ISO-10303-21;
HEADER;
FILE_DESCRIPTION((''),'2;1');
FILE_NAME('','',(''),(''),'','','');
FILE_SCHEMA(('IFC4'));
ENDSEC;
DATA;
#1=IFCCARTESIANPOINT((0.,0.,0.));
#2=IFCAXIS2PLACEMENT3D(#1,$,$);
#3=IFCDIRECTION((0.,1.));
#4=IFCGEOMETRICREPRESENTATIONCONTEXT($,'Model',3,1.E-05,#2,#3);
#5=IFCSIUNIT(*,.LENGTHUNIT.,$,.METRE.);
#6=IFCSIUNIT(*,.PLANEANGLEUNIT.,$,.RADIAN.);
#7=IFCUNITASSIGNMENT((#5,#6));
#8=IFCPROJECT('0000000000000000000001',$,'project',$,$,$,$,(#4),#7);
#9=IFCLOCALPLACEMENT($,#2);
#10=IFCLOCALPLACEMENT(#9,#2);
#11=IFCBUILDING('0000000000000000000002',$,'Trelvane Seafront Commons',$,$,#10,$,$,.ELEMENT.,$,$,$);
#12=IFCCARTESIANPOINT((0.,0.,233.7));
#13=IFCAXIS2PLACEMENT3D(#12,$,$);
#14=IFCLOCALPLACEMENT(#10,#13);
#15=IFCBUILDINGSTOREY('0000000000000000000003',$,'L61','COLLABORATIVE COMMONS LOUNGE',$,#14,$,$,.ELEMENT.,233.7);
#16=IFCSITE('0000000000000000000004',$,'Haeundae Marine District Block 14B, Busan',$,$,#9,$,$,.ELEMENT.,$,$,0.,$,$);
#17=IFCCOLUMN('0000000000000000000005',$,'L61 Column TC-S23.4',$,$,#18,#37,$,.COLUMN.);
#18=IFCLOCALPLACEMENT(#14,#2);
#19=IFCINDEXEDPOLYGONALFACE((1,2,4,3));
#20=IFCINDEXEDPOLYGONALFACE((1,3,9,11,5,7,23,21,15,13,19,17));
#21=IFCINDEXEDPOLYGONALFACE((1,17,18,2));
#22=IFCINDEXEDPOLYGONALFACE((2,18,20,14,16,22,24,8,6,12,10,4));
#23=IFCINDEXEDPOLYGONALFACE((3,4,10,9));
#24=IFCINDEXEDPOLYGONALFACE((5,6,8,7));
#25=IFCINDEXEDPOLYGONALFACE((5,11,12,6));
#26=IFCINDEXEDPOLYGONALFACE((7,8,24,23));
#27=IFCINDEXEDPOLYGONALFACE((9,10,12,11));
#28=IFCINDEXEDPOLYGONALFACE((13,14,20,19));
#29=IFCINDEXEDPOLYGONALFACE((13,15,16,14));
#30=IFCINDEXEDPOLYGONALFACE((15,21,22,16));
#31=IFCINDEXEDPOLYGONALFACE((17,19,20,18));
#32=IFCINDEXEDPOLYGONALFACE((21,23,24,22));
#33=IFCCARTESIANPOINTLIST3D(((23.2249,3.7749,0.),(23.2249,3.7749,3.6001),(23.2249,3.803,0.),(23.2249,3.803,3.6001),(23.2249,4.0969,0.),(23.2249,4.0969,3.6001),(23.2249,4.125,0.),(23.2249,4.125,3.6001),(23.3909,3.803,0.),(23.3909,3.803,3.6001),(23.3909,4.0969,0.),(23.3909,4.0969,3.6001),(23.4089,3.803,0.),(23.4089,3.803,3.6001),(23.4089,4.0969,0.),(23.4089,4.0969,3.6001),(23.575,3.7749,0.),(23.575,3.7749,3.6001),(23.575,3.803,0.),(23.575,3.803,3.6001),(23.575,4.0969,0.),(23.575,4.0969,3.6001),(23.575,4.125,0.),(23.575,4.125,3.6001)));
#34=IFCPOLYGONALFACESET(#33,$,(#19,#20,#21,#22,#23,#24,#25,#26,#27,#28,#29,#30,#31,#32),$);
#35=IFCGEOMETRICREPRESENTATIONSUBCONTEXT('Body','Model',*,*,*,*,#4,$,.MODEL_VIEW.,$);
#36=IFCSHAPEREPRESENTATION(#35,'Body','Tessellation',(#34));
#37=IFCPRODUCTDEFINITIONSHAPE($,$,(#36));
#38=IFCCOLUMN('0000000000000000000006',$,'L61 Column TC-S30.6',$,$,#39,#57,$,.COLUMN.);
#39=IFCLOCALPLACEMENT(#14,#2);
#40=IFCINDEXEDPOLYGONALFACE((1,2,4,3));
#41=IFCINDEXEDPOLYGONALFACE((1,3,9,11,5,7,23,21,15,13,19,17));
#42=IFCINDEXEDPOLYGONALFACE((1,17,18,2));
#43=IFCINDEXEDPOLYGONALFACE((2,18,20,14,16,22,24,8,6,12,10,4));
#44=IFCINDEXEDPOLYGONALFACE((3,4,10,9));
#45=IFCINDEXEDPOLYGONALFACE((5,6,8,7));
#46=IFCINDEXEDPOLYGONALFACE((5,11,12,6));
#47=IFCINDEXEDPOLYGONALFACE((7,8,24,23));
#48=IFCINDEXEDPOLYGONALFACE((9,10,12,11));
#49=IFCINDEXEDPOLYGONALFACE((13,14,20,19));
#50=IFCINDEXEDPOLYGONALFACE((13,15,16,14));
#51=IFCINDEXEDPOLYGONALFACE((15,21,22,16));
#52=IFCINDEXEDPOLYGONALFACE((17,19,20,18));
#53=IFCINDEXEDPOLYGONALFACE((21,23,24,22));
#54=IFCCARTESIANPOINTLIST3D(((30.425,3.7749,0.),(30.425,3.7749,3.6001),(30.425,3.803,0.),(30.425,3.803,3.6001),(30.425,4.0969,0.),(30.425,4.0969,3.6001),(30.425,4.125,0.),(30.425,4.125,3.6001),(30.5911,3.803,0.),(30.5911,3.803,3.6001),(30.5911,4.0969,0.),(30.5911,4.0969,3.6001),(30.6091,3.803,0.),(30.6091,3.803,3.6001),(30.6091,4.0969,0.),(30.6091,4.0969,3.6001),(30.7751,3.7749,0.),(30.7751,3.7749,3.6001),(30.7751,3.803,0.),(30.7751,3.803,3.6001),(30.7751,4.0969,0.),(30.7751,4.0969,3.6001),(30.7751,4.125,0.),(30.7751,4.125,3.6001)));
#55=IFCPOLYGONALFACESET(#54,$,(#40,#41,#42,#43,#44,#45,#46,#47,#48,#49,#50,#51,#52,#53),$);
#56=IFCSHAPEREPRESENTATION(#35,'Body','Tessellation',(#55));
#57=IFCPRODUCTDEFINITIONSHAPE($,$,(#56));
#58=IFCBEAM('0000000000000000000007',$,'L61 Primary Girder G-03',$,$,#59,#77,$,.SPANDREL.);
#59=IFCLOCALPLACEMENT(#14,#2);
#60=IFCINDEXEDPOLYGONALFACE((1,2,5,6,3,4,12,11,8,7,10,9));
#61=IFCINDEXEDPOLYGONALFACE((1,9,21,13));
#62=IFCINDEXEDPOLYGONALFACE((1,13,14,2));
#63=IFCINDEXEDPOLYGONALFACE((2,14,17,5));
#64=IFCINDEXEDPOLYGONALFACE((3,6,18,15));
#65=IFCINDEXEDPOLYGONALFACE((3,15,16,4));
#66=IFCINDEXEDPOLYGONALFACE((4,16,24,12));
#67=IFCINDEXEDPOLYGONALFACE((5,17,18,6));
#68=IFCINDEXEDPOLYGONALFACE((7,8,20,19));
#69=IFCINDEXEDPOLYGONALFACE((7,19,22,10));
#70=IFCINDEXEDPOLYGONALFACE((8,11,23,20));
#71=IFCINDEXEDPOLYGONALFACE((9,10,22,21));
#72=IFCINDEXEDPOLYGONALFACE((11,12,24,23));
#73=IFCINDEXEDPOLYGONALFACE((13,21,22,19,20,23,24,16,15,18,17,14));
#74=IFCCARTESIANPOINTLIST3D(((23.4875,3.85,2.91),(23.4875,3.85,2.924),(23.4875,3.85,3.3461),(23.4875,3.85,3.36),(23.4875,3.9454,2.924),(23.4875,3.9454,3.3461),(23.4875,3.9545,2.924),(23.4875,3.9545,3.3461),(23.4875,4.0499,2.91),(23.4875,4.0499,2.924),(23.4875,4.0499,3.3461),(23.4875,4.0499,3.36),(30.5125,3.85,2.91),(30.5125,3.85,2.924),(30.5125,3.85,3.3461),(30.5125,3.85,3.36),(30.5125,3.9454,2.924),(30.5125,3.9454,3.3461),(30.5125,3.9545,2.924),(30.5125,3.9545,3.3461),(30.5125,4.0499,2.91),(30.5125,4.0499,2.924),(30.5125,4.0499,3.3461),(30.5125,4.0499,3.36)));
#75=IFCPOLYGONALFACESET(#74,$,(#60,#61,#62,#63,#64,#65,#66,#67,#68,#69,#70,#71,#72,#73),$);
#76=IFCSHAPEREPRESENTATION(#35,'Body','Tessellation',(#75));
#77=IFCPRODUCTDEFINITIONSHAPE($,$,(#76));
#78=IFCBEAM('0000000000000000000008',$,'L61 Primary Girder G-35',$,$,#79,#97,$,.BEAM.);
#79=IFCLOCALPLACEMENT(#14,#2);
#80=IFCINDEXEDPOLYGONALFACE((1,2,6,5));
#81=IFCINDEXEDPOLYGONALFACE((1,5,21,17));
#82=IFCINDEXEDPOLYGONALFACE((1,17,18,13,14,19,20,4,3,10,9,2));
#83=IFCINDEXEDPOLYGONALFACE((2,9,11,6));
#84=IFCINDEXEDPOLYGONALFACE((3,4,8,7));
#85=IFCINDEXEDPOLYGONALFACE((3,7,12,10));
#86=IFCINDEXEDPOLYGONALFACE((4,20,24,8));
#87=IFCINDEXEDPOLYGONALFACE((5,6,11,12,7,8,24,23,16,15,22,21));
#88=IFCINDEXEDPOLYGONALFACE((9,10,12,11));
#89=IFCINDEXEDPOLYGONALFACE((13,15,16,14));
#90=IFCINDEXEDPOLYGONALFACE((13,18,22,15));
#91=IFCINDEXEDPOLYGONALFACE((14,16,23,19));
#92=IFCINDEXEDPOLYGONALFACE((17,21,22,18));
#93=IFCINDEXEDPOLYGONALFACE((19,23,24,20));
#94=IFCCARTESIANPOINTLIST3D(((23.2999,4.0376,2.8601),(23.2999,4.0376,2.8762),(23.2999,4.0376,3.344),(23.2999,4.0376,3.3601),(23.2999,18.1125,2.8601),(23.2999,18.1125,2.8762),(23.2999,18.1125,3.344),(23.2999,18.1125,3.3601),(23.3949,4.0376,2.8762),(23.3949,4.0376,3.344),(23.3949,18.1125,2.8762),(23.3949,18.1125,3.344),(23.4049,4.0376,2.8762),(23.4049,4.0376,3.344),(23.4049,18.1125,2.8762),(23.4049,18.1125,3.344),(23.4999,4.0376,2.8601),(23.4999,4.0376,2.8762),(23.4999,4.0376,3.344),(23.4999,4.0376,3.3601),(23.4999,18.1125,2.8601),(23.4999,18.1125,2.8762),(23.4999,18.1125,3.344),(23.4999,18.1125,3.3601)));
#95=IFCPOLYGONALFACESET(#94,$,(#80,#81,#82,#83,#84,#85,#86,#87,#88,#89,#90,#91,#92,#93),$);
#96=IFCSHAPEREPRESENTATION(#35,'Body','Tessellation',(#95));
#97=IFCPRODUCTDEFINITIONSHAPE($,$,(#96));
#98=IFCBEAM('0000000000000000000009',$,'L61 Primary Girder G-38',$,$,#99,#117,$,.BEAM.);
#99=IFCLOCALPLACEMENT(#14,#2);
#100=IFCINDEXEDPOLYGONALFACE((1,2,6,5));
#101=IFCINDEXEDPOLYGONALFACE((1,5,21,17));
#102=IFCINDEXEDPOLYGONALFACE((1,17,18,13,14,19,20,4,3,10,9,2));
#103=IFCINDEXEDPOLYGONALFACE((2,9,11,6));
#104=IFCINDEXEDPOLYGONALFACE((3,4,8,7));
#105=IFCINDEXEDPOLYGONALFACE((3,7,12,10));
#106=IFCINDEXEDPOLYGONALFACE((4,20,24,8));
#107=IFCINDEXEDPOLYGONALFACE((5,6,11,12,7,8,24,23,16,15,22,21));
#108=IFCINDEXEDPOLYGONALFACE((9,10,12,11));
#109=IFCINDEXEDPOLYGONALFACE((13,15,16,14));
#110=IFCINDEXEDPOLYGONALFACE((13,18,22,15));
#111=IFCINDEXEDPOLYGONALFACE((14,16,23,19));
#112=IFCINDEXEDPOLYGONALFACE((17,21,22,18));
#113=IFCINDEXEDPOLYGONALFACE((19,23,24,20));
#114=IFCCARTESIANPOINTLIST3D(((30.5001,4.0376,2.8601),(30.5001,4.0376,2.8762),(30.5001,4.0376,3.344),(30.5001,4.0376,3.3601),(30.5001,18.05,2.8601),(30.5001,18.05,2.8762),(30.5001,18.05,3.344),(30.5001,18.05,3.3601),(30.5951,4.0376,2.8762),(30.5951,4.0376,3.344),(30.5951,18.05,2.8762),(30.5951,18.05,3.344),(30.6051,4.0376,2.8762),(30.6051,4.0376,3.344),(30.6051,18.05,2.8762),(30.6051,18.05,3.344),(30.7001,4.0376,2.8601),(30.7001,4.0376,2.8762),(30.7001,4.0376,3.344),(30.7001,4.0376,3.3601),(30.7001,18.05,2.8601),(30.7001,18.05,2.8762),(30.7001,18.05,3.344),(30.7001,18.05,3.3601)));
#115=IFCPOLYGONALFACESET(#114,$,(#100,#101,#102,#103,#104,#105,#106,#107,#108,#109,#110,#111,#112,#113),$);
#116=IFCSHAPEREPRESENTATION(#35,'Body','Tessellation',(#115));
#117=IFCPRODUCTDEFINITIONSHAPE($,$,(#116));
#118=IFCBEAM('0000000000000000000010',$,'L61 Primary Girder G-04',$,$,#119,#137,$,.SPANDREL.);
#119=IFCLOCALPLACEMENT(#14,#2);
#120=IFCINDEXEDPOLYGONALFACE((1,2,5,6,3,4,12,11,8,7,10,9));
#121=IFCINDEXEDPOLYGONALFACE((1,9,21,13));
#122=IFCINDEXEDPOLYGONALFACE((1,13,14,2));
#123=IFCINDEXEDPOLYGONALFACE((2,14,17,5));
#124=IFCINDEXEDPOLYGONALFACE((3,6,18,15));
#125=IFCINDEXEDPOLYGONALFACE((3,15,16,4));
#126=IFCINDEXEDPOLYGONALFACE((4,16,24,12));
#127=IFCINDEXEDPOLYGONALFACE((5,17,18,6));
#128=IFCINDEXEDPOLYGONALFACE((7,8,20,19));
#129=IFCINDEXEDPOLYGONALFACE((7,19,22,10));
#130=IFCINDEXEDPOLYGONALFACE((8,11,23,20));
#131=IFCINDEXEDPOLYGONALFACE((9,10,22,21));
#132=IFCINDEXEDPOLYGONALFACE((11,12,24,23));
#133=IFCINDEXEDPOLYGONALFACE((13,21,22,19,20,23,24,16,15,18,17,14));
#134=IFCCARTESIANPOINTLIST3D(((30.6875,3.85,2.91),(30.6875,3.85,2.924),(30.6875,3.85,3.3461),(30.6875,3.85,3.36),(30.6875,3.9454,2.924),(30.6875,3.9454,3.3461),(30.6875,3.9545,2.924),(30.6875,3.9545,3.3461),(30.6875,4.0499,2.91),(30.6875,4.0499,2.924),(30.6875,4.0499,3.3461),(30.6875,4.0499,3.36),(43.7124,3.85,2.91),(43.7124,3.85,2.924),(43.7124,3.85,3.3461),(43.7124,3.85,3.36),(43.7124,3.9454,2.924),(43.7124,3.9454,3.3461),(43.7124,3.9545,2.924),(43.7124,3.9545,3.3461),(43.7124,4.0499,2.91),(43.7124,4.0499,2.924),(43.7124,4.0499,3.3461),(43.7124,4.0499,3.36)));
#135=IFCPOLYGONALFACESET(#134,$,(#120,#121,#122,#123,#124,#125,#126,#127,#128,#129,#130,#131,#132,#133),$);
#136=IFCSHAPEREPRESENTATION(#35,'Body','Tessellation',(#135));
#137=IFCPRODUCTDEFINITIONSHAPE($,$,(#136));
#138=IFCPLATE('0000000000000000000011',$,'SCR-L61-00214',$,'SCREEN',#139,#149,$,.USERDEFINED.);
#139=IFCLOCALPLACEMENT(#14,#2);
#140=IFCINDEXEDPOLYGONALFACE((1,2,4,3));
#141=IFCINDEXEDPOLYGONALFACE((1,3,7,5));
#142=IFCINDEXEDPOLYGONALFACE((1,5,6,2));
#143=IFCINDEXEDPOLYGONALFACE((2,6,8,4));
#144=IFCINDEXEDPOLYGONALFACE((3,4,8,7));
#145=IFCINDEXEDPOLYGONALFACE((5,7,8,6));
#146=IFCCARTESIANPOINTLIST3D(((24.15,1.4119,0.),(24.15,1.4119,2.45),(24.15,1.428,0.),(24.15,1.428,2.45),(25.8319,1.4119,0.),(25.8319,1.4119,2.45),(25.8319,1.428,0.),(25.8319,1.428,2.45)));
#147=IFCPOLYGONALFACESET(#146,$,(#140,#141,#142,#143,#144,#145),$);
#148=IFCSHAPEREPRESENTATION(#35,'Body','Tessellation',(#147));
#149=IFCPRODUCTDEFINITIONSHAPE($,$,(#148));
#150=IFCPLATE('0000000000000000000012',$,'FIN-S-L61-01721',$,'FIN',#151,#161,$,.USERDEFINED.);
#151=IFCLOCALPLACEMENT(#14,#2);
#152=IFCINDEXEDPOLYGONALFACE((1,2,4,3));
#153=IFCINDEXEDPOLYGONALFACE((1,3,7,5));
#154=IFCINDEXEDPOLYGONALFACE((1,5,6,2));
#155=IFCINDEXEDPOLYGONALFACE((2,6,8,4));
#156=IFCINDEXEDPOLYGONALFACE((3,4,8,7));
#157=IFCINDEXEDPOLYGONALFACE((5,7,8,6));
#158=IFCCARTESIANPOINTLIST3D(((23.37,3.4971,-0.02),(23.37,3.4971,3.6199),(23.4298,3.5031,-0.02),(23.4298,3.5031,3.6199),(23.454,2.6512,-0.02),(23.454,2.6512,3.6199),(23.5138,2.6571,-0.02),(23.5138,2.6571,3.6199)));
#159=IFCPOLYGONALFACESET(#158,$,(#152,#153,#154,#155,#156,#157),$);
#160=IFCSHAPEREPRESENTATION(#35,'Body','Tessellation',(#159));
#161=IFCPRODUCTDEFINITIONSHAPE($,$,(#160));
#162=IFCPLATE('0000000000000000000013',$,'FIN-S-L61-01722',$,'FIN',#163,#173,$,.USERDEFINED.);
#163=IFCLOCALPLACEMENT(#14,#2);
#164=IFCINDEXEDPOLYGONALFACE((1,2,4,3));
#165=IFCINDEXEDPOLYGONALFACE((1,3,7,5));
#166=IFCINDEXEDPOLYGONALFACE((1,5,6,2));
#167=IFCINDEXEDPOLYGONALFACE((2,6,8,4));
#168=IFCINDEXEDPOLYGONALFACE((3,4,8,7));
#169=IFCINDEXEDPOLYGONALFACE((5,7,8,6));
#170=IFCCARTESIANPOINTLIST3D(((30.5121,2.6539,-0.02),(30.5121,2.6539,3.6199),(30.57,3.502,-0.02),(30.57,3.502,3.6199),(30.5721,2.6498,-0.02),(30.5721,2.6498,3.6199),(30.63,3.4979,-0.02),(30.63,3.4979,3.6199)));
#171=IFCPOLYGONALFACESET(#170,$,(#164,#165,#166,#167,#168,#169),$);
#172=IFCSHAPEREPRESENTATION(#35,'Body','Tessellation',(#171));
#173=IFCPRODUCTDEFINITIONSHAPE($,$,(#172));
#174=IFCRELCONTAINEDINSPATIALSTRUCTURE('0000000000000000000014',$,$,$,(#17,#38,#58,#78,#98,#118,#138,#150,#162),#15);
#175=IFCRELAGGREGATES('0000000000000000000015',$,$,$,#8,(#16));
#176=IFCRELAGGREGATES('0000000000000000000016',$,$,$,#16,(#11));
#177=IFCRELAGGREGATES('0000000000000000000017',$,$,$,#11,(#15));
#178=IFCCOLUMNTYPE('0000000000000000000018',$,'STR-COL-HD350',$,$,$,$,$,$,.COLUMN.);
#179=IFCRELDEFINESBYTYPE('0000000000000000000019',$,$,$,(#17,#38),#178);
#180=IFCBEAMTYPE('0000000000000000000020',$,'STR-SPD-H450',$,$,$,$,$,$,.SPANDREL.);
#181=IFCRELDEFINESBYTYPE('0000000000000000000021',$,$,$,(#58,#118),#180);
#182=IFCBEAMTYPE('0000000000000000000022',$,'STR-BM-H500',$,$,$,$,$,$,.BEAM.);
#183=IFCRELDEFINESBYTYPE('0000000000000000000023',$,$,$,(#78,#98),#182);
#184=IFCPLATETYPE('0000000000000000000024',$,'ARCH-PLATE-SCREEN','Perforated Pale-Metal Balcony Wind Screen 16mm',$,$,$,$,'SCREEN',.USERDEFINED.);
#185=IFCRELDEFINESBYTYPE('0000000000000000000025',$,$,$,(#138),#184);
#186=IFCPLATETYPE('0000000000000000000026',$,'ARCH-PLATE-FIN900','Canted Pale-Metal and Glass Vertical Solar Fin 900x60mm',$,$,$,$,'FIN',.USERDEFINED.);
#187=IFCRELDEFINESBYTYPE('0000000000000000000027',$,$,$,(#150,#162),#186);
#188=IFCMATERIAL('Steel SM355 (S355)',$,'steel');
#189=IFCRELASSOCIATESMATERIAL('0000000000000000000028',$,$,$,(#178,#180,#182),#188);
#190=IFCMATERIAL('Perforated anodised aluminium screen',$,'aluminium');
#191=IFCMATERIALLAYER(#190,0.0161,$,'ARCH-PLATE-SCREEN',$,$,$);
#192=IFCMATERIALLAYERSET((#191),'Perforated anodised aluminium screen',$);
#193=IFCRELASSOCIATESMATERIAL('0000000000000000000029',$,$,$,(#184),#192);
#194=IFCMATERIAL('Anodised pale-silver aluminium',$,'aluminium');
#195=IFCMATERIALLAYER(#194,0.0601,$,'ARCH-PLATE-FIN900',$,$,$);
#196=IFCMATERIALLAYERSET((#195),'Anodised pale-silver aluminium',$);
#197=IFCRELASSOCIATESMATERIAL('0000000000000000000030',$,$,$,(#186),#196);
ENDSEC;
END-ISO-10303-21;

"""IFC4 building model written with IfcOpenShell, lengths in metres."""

from ifc_helpers import new_model, si_unit, direction, frame, origin, origin_2d, place, context, subcontext, project, spatial, rectangle, i_section, extrude, source, transform, mapped, material, layer, layer_set, material_profile, profile_set, type_object, element, save


model = new_model("IFC4")

# Units and contexts
model_context = context("Model", 3, precision=1e-05, world=origin(), true_north=direction((0.0, 1.0)))
body_context = subcontext(model_context, "Body", "Model", "MODEL_VIEW")
ifc_project = project(units=[si_unit("LENGTHUNIT", "METRE"), si_unit("PLANEANGLEUNIT", "RADIAN")], contexts=[model_context])

# Site, building, storey
site_placement = place(None, origin())
site = spatial("IfcSite", under=ifc_project, at=site_placement, Name="Haeundae Marine District Block 14B, Busan", CompositionType="ELEMENT", RefElevation=0.0)
building_placement = place(site_placement, origin())
building = spatial("IfcBuilding", under=site, at=building_placement, Name="Trelvane Seafront Commons", CompositionType="ELEMENT")
storey_placement = place(building_placement, frame((0.0, 0.0, 233.7)))
storey = spatial("IfcBuildingStorey", under=building, at=storey_placement, Name="L61", Description="COLLABORATIVE COMMONS LOUNGE", CompositionType="ELEMENT", Elevation=233.7)

# Columns
ifc_material_1 = material(Name="Steel SM355 (S355)", Category="steel")
ifc_material_profile_1 = material_profile(ifc_material_1, i_section(OverallWidth=0.3501, OverallDepth=0.3501, WebThickness=0.0181, FlangeThickness=0.0281, at=origin_2d()), Name="HD-350x350x18x28")
ifc_profile_set_1 = profile_set([ifc_material_profile_1], Name="Steel SM355 (S355)")
column_type = type_object("IfcColumnType", Name="STR-COL-HD350", PredefinedType="COLUMN", material=ifc_profile_set_1)
shared_shape_1 = source(origin(), body_context, "Body", "SweptSolid", [
    extrude(i_section(OverallWidth=0.3501, OverallDepth=0.3501, WebThickness=0.0181, FlangeThickness=0.0281, at=origin_2d()), origin(), (0.0, 0.0, 1.0), 3.6001),
])
for number, where, z_axis, x_axis, name in (
    (1, (23.3999, 3.95, 0.0), (0.0, 0.0, 1.0), (1.0, 0.0, 0.0), "L61 Column TC-S23.4"),
    (2, (30.6001, 3.95, 0.0), (0.0, 0.0, 1.0), (1.0, 0.0, 0.0), "L61 Column TC-S30.6"),
):
    element("IfcColumn", number, at=place(storey_placement, frame(where, z_axis=z_axis, x_axis=x_axis)), inside=storey, type_object=column_type, Name=name, PredefinedType="COLUMN", context=body_context, shape_type="MappedRepresentation", body=[
        mapped(shared_shape_1, transform((0.0, 0.0, 0.0), x_axis=(1.0, 0.0, 0.0), y_axis=(0.0, 1.0, 0.0), z_axis=(0.0, 0.0, 1.0), scale=1.0)),
    ])

# Beams
ifc_material_profile_2 = material_profile(ifc_material_1, i_section(OverallWidth=0.2, OverallDepth=0.45, WebThickness=0.009, FlangeThickness=0.0139, at=origin_2d()), Name="H-450x200x9x14")
ifc_profile_set_2 = profile_set([ifc_material_profile_2], Name="Steel SM355 (S355)")
beam_type_1 = type_object("IfcBeamType", Name="STR-SPD-H450", PredefinedType="SPANDREL", material=ifc_profile_set_2)
shared_shape_2 = source(origin(), body_context, "Body", "SweptSolid", [
    extrude(i_section(OverallWidth=0.2, OverallDepth=0.45, WebThickness=0.009, FlangeThickness=0.0139, at=origin_2d()), origin(), (0.0, 0.0, 1.0), 7.0249),
])
beam_1_placement = place(storey_placement, frame((23.4875, 3.95, 3.135), z_axis=(1.0, 0.0, 0.0), x_axis=(0.0, 1.0, 0.0)))
element("IfcBeam", 3, at=beam_1_placement, inside=storey, type_object=beam_type_1, Name="L61 Primary Girder G-03", PredefinedType="SPANDREL", context=body_context, shape_type="MappedRepresentation", body=[
    mapped(shared_shape_2, transform((0.0, 0.0, 0.0), x_axis=(1.0, 0.0, 0.0), y_axis=(0.0, 1.0, 0.0), z_axis=(0.0, 0.0, 1.0), scale=1.0)),
])
ifc_material_profile_3 = material_profile(ifc_material_1, i_section(OverallWidth=0.2, OverallDepth=0.5, WebThickness=0.01, FlangeThickness=0.0161, at=origin_2d()), Name="H-500x200x10x16")
ifc_profile_set_3 = profile_set([ifc_material_profile_3], Name="Steel SM355 (S355)")
beam_type_2 = type_object("IfcBeamType", Name="STR-BM-H500", PredefinedType="BEAM", material=ifc_profile_set_3)
shared_shape_3 = source(origin(), body_context, "Body", "SweptSolid", [
    extrude(i_section(OverallWidth=0.2, OverallDepth=0.5, WebThickness=0.01, FlangeThickness=0.0161, at=origin_2d()), origin(), (0.0, 0.0, 1.0), 14.075),
])
beam_2_placement = place(storey_placement, frame((23.3999, 4.0376, 3.1101), z_axis=(0.0, 1.0, 0.0), x_axis=(-1.0, 0.0, 0.0)))
element("IfcBeam", 4, at=beam_2_placement, inside=storey, type_object=beam_type_2, Name="L61 Primary Girder G-35", PredefinedType="BEAM", context=body_context, shape_type="MappedRepresentation", body=[
    mapped(shared_shape_3, transform((0.0, 0.0, 0.0), x_axis=(1.0, 0.0, 0.0), y_axis=(0.0, 1.0, 0.0), z_axis=(0.0, 0.0, 1.0), scale=1.0)),
])
shared_shape_4 = source(origin(), body_context, "Body", "SweptSolid", [
    extrude(i_section(OverallWidth=0.2, OverallDepth=0.5, WebThickness=0.01, FlangeThickness=0.0161, at=origin_2d()), origin(), (0.0, 0.0, 1.0), 14.0125),
])
beam_3_placement = place(storey_placement, frame((30.6001, 4.0376, 3.1101), z_axis=(0.0, 1.0, 0.0), x_axis=(-1.0, 0.0, 0.0)))
element("IfcBeam", 5, at=beam_3_placement, inside=storey, type_object=beam_type_2, Name="L61 Primary Girder G-38", PredefinedType="BEAM", context=body_context, shape_type="MappedRepresentation", body=[
    mapped(shared_shape_4, transform((0.0, 0.0, 0.0), x_axis=(1.0, 0.0, 0.0), y_axis=(0.0, 1.0, 0.0), z_axis=(0.0, 0.0, 1.0), scale=1.0)),
])
shared_shape_5 = source(origin(), body_context, "Body", "SweptSolid", [
    extrude(i_section(OverallWidth=0.2, OverallDepth=0.45, WebThickness=0.009, FlangeThickness=0.0139, at=origin_2d()), origin(), (0.0, 0.0, 1.0), 13.0249),
])
beam_4_placement = place(storey_placement, frame((30.6875, 3.95, 3.135), z_axis=(1.0, 0.0, 0.0), x_axis=(0.0, 1.0, 0.0)))
element("IfcBeam", 6, at=beam_4_placement, inside=storey, type_object=beam_type_1, Name="L61 Primary Girder G-04", PredefinedType="SPANDREL", context=body_context, shape_type="MappedRepresentation", body=[
    mapped(shared_shape_5, transform((0.0, 0.0, 0.0), x_axis=(1.0, 0.0, 0.0), y_axis=(0.0, 1.0, 0.0), z_axis=(0.0, 0.0, 1.0), scale=1.0)),
])

# Plates
ifc_material_2 = material(Name="Perforated anodised aluminium screen", Category="aluminium")
ifc_layer_1 = layer(ifc_material_2, 0.0161, Name="ARCH-PLATE-SCREEN")
ifc_layer_set_1 = layer_set([ifc_layer_1], Name="Perforated anodised aluminium screen")
plate_type_1 = type_object("IfcPlateType", Name="ARCH-PLATE-SCREEN", Description="Perforated Pale-Metal Balcony Wind Screen 16mm", ElementType="SCREEN", PredefinedType="USERDEFINED", material=ifc_layer_set_1)
shared_shape_6 = source(origin(), body_context, "Body", "SweptSolid", [
    extrude(rectangle(XDim=1.6819, YDim=0.0161, at=origin_2d()), origin(), (0.0, 0.0, 1.0), 2.45),
])
plate_placement = place(storey_placement, frame((24.991, 1.4199, 0.0), z_axis=(0.0, 0.0, 1.0), x_axis=(1.0, 0.0, 0.0)))
element("IfcPlate", 7, at=plate_placement, inside=storey, type_object=plate_type_1, Name="SCR-L61-00214", ObjectType="SCREEN", PredefinedType="USERDEFINED", context=body_context, shape_type="MappedRepresentation", body=[
    mapped(shared_shape_6, transform((0.0, 0.0, 0.0), x_axis=(1.0, 0.0, 0.0), y_axis=(0.0, 1.0, 0.0), z_axis=(0.0, 0.0, 1.0), scale=1.0)),
])
ifc_material_3 = material(Name="Anodised pale-silver aluminium", Category="aluminium")
ifc_layer_2 = layer(ifc_material_3, 0.0601, Name="ARCH-PLATE-FIN900")
ifc_layer_set_2 = layer_set([ifc_layer_2], Name="Anodised pale-silver aluminium")
plate_type_2 = type_object("IfcPlateType", Name="ARCH-PLATE-FIN900", Description="Canted Pale-Metal and Glass Vertical Solar Fin 900x60mm", ElementType="FIN", PredefinedType="USERDEFINED", material=ifc_layer_set_2)
shared_shape_7 = source(origin(), body_context, "Body", "SweptSolid", [
    extrude(rectangle(XDim=0.8501, YDim=0.0601, at=origin_2d()), origin(), (0.0, 0.0, 1.0), 3.6399),
])
for number, where, z_axis, x_axis, name in (
    (8, (23.4419, 3.0771, -0.02), (0.0, 0.0, 1.0), (0.098828, -0.995105, 0.0), "FIN-S-L61-01721"),
    (9, (30.571, 3.0759, -0.02), (0.0, 0.0, 1.0), (-0.06812, -0.997677, 0.0), "FIN-S-L61-01722"),
):
    element("IfcPlate", number, at=place(storey_placement, frame(where, z_axis=z_axis, x_axis=x_axis)), inside=storey, type_object=plate_type_2, Name=name, ObjectType="FIN", PredefinedType="USERDEFINED", context=body_context, shape_type="MappedRepresentation", body=[
        mapped(shared_shape_7, transform((0.0, 0.0, 0.0), x_axis=(1.0, 0.0, 0.0), y_axis=(0.0, 1.0, 0.0), z_axis=(0.0, 0.0, 1.0), scale=1.0)),
    ])

save(model, "model.ifc")
